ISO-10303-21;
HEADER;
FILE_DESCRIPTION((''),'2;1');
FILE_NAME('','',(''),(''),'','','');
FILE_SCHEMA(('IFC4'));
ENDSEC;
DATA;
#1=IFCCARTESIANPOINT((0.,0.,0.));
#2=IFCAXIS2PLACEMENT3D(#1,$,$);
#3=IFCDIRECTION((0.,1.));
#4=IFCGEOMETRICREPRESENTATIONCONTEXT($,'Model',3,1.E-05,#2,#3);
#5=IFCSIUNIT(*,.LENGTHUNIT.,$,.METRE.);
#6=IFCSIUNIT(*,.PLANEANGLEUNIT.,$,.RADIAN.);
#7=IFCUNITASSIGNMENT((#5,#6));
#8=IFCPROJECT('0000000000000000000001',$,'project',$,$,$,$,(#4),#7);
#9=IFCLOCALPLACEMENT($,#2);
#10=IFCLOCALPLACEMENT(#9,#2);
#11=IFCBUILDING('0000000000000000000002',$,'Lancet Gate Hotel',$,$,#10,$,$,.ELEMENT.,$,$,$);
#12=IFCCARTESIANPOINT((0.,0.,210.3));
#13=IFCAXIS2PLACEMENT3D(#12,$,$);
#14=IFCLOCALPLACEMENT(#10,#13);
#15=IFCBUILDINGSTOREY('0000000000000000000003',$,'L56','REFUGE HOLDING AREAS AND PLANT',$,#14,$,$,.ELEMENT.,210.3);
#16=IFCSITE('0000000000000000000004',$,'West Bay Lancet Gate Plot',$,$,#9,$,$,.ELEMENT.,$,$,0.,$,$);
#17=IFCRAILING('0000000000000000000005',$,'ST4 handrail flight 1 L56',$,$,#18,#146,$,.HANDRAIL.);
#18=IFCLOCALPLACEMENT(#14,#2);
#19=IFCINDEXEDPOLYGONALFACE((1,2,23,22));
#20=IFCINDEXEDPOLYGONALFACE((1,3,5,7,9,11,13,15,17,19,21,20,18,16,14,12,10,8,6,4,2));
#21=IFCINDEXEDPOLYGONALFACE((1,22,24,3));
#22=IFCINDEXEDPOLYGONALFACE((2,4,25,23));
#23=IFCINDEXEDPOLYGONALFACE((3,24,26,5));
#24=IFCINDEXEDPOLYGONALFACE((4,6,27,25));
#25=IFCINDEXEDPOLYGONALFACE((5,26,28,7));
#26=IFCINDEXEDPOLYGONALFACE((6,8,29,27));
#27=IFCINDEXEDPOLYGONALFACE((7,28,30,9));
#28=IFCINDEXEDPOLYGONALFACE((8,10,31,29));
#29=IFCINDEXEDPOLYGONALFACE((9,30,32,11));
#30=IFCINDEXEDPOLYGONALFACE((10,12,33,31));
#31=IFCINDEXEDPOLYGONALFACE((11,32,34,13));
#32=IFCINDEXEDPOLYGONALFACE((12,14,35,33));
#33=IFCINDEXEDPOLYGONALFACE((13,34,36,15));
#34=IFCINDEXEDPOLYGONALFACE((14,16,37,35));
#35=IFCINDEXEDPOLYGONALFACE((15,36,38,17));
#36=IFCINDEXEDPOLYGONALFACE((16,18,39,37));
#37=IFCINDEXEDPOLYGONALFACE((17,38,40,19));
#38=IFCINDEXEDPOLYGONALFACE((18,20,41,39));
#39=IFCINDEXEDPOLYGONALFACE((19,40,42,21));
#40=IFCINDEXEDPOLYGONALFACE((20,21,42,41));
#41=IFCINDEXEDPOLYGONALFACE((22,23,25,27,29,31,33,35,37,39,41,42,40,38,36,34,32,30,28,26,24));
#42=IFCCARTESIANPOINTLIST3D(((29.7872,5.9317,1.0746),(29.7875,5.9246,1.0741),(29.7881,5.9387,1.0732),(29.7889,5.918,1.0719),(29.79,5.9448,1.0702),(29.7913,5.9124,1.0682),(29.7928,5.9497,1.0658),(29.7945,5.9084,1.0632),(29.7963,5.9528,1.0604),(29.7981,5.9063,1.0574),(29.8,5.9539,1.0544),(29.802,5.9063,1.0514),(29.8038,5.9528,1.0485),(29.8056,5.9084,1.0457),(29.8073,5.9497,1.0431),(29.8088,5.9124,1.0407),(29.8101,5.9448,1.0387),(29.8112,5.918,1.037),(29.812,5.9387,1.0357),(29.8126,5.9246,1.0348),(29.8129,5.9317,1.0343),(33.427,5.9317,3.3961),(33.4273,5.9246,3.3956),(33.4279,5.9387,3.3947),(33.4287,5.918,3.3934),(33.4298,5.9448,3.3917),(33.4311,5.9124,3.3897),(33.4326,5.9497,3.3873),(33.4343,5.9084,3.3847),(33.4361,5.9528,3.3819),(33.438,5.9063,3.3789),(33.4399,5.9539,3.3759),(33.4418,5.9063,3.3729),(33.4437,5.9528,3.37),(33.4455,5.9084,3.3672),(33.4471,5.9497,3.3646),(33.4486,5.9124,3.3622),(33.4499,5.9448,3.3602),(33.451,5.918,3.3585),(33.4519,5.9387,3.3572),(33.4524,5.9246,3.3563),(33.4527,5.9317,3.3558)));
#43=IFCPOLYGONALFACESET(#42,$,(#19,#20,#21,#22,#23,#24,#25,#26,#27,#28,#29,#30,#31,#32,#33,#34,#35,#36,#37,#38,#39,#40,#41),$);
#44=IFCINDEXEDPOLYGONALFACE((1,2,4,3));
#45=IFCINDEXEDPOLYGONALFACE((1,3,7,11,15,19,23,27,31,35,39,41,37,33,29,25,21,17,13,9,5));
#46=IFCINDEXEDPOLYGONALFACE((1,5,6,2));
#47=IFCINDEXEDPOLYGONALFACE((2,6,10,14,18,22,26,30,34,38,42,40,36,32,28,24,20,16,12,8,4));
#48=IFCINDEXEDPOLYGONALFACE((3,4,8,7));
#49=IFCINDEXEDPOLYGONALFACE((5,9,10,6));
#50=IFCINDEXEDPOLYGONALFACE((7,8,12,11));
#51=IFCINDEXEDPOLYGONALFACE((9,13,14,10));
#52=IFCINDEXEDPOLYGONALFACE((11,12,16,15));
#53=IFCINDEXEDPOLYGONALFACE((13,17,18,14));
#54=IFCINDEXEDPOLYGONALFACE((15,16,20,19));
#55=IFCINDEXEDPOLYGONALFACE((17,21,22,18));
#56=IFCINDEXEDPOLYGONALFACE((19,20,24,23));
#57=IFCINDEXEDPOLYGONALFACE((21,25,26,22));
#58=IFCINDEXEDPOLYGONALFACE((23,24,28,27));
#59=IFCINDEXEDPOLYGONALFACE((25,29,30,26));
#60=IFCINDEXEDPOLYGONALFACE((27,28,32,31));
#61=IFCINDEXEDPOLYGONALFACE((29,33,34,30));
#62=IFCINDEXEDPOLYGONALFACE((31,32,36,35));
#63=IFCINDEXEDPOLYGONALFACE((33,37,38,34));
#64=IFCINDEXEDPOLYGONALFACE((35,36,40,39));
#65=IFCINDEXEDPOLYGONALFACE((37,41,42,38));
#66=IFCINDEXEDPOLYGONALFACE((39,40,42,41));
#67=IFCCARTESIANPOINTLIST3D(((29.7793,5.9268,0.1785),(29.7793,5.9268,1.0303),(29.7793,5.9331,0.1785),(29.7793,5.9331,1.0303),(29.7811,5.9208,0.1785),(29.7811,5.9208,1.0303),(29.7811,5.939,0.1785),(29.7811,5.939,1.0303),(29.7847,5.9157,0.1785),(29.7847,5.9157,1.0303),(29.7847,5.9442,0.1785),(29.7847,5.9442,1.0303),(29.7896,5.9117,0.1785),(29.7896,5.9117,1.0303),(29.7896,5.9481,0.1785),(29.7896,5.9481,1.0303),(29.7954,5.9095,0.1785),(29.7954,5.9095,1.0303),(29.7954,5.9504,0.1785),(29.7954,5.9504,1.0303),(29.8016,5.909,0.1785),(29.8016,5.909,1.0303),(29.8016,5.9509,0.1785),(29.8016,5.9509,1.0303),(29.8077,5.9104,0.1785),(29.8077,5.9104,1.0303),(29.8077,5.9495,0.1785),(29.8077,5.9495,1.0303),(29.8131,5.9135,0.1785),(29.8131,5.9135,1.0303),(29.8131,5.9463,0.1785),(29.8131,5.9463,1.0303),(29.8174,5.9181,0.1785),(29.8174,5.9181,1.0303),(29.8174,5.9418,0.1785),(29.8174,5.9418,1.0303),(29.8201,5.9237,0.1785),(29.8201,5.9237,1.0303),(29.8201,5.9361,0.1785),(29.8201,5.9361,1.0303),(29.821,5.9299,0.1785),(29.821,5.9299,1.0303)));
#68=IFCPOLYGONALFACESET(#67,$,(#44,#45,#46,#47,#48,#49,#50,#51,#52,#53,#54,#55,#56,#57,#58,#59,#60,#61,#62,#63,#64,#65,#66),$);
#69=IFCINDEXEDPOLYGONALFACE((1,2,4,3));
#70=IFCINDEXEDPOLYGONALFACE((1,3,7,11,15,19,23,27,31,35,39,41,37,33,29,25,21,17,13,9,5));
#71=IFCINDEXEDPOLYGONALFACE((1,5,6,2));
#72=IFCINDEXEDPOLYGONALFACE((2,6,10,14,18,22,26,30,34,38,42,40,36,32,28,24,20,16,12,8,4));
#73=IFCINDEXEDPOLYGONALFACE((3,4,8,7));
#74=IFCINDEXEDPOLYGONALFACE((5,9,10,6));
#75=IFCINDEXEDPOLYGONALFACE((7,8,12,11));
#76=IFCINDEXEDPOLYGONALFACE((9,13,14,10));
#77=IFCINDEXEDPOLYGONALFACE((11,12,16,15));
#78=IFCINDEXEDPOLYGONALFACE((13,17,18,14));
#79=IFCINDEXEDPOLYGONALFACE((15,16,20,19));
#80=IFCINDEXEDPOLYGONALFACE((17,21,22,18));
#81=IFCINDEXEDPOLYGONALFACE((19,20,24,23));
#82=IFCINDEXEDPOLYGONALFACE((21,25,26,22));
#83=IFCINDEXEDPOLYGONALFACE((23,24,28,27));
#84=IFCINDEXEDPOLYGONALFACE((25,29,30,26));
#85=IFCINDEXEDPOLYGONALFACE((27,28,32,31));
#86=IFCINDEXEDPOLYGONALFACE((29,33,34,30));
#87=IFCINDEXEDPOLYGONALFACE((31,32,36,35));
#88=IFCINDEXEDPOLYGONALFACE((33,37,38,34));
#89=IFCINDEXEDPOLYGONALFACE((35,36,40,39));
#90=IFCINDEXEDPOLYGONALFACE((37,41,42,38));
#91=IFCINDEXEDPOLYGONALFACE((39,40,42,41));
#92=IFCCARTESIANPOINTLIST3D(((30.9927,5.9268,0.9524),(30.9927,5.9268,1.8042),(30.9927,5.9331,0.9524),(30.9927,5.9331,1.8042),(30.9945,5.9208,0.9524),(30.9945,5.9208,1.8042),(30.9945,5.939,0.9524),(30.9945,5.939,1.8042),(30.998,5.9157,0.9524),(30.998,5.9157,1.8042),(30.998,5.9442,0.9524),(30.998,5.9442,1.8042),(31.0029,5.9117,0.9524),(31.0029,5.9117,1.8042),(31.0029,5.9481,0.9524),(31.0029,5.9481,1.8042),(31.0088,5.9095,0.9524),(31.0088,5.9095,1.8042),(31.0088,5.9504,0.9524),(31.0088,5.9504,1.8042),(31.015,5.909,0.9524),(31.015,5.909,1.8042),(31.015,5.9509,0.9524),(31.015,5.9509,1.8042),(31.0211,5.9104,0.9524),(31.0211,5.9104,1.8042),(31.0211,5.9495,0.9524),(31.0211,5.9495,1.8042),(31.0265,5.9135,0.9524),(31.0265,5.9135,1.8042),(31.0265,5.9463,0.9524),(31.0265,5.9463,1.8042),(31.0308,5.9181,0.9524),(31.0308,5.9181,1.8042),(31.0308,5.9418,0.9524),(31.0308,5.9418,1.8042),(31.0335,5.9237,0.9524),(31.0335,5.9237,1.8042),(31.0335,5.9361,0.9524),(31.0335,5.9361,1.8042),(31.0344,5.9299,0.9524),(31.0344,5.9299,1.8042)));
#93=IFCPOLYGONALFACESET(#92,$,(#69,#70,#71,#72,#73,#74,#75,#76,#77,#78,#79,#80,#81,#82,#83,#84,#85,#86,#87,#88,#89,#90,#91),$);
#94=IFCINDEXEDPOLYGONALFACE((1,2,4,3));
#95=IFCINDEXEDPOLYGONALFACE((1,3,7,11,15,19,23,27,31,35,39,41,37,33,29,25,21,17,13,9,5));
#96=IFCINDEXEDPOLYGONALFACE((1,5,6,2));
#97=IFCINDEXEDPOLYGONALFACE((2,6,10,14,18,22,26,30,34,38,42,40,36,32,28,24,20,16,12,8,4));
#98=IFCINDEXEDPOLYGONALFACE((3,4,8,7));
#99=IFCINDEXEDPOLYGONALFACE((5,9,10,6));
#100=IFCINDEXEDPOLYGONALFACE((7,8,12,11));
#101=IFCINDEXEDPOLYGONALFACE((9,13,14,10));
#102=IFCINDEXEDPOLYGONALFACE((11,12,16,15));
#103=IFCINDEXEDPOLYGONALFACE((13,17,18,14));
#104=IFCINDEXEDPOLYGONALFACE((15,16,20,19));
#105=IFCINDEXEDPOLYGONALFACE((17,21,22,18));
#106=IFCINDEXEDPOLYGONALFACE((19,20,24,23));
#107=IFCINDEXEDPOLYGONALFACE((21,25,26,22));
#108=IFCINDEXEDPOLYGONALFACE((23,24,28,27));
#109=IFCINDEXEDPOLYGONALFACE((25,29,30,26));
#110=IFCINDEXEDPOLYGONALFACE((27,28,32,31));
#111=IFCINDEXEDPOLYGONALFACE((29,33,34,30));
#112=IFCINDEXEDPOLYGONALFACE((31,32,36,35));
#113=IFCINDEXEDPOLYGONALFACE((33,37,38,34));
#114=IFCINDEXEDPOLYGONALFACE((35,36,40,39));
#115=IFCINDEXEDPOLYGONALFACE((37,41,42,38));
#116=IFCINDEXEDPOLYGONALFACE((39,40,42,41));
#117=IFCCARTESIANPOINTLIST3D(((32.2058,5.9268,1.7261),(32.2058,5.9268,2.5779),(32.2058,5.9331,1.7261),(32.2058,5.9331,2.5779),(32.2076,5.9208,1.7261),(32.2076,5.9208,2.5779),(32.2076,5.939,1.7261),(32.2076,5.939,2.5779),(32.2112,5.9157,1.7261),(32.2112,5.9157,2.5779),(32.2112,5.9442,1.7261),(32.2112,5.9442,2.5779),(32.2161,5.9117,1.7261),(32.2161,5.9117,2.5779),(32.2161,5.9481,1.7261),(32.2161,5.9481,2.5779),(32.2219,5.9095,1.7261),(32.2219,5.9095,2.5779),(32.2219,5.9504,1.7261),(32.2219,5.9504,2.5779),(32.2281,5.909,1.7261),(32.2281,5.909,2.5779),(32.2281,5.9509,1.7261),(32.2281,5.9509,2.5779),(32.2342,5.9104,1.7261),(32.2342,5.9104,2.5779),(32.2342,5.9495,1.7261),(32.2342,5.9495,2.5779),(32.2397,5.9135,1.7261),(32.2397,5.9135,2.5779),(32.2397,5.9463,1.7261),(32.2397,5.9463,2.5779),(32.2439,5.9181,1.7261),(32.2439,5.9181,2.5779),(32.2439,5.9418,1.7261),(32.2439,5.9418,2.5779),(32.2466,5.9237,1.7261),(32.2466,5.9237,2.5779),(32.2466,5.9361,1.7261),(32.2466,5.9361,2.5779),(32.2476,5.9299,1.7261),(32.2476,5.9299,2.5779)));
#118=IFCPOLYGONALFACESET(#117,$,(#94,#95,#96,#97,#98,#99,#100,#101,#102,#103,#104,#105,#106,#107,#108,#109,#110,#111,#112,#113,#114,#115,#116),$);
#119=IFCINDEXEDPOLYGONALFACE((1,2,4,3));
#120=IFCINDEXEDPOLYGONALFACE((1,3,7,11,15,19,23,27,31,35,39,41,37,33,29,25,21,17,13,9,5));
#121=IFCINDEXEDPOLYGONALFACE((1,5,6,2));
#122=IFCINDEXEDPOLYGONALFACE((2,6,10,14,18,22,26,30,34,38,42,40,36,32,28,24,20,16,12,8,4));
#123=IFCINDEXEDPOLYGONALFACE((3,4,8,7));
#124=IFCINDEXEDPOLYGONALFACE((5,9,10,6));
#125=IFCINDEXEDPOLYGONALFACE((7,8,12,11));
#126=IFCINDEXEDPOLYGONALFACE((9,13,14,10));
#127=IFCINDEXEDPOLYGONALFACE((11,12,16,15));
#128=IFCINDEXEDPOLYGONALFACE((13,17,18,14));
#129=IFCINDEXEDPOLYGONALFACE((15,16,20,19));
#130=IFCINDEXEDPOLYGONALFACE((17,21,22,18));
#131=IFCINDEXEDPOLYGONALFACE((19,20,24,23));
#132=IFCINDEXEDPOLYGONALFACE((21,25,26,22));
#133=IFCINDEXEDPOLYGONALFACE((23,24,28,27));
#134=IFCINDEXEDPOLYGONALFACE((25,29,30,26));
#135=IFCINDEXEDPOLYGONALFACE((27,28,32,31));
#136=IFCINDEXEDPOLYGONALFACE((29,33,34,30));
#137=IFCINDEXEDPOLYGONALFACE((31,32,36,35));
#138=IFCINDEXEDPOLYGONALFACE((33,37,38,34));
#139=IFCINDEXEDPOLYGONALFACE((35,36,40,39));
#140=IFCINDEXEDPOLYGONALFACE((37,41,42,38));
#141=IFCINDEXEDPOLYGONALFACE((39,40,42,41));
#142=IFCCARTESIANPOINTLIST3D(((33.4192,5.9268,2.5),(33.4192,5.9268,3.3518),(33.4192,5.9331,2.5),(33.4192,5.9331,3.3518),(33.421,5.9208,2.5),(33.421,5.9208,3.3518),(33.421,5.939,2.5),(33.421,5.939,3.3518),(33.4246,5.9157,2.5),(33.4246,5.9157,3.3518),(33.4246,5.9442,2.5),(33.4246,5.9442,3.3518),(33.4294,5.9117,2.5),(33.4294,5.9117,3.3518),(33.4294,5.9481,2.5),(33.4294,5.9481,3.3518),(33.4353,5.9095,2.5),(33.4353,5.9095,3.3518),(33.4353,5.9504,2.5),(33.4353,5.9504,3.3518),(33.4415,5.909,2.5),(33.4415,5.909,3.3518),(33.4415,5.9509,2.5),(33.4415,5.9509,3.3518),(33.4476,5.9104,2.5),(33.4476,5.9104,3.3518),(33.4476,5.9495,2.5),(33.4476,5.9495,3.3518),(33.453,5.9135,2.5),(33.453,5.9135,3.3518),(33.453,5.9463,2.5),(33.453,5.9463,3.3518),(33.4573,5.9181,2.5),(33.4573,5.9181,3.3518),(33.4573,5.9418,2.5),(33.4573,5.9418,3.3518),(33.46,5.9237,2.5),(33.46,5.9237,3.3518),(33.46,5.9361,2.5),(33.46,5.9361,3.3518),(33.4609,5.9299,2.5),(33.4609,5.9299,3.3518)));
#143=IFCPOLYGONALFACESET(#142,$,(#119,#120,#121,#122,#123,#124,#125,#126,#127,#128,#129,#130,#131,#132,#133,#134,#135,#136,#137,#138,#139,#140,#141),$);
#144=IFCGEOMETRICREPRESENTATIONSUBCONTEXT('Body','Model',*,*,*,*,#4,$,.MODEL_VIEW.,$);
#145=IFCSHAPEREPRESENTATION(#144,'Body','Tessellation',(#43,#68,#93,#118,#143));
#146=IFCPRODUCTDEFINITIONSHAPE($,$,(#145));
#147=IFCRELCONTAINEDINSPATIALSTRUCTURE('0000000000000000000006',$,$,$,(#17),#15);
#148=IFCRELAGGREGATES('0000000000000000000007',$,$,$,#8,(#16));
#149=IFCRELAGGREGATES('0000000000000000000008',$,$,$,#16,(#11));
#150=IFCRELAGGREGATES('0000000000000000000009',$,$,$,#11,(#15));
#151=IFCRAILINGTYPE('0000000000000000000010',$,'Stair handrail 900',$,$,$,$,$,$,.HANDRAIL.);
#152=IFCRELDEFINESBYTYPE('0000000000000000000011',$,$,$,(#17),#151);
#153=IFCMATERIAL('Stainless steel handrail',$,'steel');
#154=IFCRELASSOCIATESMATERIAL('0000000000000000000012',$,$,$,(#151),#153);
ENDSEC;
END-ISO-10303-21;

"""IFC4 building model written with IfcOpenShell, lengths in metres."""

from ifc_helpers import new_model, si_unit, direction, frame, origin, origin_2d, place, context, subcontext, project, spatial, circle, extrude, material, type_object, element, save


model = new_model("IFC4")

# Units and contexts
model_context = context("Model", 3, precision=1e-05, world=origin(), true_north=direction((0.0, 1.0)))
body_context = subcontext(model_context, "Body", "Model", "MODEL_VIEW")
ifc_project = project(units=[si_unit("LENGTHUNIT", "METRE"), si_unit("PLANEANGLEUNIT", "RADIAN")], contexts=[model_context])

# Site, building, storey
site_placement = place(None, origin())
site = spatial("IfcSite", under=ifc_project, at=site_placement, Name="West Bay Lancet Gate Plot", CompositionType="ELEMENT", RefElevation=0.0)
building_placement = place(site_placement, origin())
building = spatial("IfcBuilding", under=site, at=building_placement, Name="Lancet Gate Hotel", CompositionType="ELEMENT")
storey_placement = place(building_placement, frame((0.0, 0.0, 210.3)))
storey = spatial("IfcBuildingStorey", under=building, at=storey_placement, Name="L56", Description="REFUGE HOLDING AREAS AND PLANT", CompositionType="ELEMENT", Elevation=210.3)

# Railing
ifc_material_1 = material(Name="Stainless steel handrail", Category="steel")
railing_type = type_object("IfcRailingType", Name="Stair handrail 900", PredefinedType="HANDRAIL", material=ifc_material_1)
railing_1_placement = place(storey_placement, frame((29.8, 5.9299, 0.1785)))
element("IfcRailing", 1, at=railing_1_placement, inside=storey, type_object=railing_type, Name="ST4 handrail flight 1 L56", PredefinedType="HANDRAIL", context=body_context, shape_type="SweptSolid", body=[
    extrude(circle(Radius=0.0239, at=origin_2d()), frame((0.0, 0.0, 0.876), z_axis=(0.843112, 0.0, 0.537739), x_axis=(0.0, 1.0, 0.0)), (0.0, 0.0, 1.0), 4.3171),
    extrude(circle(Radius=0.021, at=origin_2d()), origin(), (0.0, 0.0, 1.0), 0.8518),
    extrude(circle(Radius=0.021, at=origin_2d()), frame((1.2134, 0.0, 0.7739)), (0.0, 0.0, 1.0), 0.8518),
    extrude(circle(Radius=0.021, at=origin_2d()), frame((2.4265, 0.0, 1.5476)), (0.0, 0.0, 1.0), 0.8518),
    extrude(circle(Radius=0.021, at=origin_2d()), frame((3.6399, 0.0, 2.3215)), (0.0, 0.0, 1.0), 0.8518),
])

save(model, "model.ifc")
